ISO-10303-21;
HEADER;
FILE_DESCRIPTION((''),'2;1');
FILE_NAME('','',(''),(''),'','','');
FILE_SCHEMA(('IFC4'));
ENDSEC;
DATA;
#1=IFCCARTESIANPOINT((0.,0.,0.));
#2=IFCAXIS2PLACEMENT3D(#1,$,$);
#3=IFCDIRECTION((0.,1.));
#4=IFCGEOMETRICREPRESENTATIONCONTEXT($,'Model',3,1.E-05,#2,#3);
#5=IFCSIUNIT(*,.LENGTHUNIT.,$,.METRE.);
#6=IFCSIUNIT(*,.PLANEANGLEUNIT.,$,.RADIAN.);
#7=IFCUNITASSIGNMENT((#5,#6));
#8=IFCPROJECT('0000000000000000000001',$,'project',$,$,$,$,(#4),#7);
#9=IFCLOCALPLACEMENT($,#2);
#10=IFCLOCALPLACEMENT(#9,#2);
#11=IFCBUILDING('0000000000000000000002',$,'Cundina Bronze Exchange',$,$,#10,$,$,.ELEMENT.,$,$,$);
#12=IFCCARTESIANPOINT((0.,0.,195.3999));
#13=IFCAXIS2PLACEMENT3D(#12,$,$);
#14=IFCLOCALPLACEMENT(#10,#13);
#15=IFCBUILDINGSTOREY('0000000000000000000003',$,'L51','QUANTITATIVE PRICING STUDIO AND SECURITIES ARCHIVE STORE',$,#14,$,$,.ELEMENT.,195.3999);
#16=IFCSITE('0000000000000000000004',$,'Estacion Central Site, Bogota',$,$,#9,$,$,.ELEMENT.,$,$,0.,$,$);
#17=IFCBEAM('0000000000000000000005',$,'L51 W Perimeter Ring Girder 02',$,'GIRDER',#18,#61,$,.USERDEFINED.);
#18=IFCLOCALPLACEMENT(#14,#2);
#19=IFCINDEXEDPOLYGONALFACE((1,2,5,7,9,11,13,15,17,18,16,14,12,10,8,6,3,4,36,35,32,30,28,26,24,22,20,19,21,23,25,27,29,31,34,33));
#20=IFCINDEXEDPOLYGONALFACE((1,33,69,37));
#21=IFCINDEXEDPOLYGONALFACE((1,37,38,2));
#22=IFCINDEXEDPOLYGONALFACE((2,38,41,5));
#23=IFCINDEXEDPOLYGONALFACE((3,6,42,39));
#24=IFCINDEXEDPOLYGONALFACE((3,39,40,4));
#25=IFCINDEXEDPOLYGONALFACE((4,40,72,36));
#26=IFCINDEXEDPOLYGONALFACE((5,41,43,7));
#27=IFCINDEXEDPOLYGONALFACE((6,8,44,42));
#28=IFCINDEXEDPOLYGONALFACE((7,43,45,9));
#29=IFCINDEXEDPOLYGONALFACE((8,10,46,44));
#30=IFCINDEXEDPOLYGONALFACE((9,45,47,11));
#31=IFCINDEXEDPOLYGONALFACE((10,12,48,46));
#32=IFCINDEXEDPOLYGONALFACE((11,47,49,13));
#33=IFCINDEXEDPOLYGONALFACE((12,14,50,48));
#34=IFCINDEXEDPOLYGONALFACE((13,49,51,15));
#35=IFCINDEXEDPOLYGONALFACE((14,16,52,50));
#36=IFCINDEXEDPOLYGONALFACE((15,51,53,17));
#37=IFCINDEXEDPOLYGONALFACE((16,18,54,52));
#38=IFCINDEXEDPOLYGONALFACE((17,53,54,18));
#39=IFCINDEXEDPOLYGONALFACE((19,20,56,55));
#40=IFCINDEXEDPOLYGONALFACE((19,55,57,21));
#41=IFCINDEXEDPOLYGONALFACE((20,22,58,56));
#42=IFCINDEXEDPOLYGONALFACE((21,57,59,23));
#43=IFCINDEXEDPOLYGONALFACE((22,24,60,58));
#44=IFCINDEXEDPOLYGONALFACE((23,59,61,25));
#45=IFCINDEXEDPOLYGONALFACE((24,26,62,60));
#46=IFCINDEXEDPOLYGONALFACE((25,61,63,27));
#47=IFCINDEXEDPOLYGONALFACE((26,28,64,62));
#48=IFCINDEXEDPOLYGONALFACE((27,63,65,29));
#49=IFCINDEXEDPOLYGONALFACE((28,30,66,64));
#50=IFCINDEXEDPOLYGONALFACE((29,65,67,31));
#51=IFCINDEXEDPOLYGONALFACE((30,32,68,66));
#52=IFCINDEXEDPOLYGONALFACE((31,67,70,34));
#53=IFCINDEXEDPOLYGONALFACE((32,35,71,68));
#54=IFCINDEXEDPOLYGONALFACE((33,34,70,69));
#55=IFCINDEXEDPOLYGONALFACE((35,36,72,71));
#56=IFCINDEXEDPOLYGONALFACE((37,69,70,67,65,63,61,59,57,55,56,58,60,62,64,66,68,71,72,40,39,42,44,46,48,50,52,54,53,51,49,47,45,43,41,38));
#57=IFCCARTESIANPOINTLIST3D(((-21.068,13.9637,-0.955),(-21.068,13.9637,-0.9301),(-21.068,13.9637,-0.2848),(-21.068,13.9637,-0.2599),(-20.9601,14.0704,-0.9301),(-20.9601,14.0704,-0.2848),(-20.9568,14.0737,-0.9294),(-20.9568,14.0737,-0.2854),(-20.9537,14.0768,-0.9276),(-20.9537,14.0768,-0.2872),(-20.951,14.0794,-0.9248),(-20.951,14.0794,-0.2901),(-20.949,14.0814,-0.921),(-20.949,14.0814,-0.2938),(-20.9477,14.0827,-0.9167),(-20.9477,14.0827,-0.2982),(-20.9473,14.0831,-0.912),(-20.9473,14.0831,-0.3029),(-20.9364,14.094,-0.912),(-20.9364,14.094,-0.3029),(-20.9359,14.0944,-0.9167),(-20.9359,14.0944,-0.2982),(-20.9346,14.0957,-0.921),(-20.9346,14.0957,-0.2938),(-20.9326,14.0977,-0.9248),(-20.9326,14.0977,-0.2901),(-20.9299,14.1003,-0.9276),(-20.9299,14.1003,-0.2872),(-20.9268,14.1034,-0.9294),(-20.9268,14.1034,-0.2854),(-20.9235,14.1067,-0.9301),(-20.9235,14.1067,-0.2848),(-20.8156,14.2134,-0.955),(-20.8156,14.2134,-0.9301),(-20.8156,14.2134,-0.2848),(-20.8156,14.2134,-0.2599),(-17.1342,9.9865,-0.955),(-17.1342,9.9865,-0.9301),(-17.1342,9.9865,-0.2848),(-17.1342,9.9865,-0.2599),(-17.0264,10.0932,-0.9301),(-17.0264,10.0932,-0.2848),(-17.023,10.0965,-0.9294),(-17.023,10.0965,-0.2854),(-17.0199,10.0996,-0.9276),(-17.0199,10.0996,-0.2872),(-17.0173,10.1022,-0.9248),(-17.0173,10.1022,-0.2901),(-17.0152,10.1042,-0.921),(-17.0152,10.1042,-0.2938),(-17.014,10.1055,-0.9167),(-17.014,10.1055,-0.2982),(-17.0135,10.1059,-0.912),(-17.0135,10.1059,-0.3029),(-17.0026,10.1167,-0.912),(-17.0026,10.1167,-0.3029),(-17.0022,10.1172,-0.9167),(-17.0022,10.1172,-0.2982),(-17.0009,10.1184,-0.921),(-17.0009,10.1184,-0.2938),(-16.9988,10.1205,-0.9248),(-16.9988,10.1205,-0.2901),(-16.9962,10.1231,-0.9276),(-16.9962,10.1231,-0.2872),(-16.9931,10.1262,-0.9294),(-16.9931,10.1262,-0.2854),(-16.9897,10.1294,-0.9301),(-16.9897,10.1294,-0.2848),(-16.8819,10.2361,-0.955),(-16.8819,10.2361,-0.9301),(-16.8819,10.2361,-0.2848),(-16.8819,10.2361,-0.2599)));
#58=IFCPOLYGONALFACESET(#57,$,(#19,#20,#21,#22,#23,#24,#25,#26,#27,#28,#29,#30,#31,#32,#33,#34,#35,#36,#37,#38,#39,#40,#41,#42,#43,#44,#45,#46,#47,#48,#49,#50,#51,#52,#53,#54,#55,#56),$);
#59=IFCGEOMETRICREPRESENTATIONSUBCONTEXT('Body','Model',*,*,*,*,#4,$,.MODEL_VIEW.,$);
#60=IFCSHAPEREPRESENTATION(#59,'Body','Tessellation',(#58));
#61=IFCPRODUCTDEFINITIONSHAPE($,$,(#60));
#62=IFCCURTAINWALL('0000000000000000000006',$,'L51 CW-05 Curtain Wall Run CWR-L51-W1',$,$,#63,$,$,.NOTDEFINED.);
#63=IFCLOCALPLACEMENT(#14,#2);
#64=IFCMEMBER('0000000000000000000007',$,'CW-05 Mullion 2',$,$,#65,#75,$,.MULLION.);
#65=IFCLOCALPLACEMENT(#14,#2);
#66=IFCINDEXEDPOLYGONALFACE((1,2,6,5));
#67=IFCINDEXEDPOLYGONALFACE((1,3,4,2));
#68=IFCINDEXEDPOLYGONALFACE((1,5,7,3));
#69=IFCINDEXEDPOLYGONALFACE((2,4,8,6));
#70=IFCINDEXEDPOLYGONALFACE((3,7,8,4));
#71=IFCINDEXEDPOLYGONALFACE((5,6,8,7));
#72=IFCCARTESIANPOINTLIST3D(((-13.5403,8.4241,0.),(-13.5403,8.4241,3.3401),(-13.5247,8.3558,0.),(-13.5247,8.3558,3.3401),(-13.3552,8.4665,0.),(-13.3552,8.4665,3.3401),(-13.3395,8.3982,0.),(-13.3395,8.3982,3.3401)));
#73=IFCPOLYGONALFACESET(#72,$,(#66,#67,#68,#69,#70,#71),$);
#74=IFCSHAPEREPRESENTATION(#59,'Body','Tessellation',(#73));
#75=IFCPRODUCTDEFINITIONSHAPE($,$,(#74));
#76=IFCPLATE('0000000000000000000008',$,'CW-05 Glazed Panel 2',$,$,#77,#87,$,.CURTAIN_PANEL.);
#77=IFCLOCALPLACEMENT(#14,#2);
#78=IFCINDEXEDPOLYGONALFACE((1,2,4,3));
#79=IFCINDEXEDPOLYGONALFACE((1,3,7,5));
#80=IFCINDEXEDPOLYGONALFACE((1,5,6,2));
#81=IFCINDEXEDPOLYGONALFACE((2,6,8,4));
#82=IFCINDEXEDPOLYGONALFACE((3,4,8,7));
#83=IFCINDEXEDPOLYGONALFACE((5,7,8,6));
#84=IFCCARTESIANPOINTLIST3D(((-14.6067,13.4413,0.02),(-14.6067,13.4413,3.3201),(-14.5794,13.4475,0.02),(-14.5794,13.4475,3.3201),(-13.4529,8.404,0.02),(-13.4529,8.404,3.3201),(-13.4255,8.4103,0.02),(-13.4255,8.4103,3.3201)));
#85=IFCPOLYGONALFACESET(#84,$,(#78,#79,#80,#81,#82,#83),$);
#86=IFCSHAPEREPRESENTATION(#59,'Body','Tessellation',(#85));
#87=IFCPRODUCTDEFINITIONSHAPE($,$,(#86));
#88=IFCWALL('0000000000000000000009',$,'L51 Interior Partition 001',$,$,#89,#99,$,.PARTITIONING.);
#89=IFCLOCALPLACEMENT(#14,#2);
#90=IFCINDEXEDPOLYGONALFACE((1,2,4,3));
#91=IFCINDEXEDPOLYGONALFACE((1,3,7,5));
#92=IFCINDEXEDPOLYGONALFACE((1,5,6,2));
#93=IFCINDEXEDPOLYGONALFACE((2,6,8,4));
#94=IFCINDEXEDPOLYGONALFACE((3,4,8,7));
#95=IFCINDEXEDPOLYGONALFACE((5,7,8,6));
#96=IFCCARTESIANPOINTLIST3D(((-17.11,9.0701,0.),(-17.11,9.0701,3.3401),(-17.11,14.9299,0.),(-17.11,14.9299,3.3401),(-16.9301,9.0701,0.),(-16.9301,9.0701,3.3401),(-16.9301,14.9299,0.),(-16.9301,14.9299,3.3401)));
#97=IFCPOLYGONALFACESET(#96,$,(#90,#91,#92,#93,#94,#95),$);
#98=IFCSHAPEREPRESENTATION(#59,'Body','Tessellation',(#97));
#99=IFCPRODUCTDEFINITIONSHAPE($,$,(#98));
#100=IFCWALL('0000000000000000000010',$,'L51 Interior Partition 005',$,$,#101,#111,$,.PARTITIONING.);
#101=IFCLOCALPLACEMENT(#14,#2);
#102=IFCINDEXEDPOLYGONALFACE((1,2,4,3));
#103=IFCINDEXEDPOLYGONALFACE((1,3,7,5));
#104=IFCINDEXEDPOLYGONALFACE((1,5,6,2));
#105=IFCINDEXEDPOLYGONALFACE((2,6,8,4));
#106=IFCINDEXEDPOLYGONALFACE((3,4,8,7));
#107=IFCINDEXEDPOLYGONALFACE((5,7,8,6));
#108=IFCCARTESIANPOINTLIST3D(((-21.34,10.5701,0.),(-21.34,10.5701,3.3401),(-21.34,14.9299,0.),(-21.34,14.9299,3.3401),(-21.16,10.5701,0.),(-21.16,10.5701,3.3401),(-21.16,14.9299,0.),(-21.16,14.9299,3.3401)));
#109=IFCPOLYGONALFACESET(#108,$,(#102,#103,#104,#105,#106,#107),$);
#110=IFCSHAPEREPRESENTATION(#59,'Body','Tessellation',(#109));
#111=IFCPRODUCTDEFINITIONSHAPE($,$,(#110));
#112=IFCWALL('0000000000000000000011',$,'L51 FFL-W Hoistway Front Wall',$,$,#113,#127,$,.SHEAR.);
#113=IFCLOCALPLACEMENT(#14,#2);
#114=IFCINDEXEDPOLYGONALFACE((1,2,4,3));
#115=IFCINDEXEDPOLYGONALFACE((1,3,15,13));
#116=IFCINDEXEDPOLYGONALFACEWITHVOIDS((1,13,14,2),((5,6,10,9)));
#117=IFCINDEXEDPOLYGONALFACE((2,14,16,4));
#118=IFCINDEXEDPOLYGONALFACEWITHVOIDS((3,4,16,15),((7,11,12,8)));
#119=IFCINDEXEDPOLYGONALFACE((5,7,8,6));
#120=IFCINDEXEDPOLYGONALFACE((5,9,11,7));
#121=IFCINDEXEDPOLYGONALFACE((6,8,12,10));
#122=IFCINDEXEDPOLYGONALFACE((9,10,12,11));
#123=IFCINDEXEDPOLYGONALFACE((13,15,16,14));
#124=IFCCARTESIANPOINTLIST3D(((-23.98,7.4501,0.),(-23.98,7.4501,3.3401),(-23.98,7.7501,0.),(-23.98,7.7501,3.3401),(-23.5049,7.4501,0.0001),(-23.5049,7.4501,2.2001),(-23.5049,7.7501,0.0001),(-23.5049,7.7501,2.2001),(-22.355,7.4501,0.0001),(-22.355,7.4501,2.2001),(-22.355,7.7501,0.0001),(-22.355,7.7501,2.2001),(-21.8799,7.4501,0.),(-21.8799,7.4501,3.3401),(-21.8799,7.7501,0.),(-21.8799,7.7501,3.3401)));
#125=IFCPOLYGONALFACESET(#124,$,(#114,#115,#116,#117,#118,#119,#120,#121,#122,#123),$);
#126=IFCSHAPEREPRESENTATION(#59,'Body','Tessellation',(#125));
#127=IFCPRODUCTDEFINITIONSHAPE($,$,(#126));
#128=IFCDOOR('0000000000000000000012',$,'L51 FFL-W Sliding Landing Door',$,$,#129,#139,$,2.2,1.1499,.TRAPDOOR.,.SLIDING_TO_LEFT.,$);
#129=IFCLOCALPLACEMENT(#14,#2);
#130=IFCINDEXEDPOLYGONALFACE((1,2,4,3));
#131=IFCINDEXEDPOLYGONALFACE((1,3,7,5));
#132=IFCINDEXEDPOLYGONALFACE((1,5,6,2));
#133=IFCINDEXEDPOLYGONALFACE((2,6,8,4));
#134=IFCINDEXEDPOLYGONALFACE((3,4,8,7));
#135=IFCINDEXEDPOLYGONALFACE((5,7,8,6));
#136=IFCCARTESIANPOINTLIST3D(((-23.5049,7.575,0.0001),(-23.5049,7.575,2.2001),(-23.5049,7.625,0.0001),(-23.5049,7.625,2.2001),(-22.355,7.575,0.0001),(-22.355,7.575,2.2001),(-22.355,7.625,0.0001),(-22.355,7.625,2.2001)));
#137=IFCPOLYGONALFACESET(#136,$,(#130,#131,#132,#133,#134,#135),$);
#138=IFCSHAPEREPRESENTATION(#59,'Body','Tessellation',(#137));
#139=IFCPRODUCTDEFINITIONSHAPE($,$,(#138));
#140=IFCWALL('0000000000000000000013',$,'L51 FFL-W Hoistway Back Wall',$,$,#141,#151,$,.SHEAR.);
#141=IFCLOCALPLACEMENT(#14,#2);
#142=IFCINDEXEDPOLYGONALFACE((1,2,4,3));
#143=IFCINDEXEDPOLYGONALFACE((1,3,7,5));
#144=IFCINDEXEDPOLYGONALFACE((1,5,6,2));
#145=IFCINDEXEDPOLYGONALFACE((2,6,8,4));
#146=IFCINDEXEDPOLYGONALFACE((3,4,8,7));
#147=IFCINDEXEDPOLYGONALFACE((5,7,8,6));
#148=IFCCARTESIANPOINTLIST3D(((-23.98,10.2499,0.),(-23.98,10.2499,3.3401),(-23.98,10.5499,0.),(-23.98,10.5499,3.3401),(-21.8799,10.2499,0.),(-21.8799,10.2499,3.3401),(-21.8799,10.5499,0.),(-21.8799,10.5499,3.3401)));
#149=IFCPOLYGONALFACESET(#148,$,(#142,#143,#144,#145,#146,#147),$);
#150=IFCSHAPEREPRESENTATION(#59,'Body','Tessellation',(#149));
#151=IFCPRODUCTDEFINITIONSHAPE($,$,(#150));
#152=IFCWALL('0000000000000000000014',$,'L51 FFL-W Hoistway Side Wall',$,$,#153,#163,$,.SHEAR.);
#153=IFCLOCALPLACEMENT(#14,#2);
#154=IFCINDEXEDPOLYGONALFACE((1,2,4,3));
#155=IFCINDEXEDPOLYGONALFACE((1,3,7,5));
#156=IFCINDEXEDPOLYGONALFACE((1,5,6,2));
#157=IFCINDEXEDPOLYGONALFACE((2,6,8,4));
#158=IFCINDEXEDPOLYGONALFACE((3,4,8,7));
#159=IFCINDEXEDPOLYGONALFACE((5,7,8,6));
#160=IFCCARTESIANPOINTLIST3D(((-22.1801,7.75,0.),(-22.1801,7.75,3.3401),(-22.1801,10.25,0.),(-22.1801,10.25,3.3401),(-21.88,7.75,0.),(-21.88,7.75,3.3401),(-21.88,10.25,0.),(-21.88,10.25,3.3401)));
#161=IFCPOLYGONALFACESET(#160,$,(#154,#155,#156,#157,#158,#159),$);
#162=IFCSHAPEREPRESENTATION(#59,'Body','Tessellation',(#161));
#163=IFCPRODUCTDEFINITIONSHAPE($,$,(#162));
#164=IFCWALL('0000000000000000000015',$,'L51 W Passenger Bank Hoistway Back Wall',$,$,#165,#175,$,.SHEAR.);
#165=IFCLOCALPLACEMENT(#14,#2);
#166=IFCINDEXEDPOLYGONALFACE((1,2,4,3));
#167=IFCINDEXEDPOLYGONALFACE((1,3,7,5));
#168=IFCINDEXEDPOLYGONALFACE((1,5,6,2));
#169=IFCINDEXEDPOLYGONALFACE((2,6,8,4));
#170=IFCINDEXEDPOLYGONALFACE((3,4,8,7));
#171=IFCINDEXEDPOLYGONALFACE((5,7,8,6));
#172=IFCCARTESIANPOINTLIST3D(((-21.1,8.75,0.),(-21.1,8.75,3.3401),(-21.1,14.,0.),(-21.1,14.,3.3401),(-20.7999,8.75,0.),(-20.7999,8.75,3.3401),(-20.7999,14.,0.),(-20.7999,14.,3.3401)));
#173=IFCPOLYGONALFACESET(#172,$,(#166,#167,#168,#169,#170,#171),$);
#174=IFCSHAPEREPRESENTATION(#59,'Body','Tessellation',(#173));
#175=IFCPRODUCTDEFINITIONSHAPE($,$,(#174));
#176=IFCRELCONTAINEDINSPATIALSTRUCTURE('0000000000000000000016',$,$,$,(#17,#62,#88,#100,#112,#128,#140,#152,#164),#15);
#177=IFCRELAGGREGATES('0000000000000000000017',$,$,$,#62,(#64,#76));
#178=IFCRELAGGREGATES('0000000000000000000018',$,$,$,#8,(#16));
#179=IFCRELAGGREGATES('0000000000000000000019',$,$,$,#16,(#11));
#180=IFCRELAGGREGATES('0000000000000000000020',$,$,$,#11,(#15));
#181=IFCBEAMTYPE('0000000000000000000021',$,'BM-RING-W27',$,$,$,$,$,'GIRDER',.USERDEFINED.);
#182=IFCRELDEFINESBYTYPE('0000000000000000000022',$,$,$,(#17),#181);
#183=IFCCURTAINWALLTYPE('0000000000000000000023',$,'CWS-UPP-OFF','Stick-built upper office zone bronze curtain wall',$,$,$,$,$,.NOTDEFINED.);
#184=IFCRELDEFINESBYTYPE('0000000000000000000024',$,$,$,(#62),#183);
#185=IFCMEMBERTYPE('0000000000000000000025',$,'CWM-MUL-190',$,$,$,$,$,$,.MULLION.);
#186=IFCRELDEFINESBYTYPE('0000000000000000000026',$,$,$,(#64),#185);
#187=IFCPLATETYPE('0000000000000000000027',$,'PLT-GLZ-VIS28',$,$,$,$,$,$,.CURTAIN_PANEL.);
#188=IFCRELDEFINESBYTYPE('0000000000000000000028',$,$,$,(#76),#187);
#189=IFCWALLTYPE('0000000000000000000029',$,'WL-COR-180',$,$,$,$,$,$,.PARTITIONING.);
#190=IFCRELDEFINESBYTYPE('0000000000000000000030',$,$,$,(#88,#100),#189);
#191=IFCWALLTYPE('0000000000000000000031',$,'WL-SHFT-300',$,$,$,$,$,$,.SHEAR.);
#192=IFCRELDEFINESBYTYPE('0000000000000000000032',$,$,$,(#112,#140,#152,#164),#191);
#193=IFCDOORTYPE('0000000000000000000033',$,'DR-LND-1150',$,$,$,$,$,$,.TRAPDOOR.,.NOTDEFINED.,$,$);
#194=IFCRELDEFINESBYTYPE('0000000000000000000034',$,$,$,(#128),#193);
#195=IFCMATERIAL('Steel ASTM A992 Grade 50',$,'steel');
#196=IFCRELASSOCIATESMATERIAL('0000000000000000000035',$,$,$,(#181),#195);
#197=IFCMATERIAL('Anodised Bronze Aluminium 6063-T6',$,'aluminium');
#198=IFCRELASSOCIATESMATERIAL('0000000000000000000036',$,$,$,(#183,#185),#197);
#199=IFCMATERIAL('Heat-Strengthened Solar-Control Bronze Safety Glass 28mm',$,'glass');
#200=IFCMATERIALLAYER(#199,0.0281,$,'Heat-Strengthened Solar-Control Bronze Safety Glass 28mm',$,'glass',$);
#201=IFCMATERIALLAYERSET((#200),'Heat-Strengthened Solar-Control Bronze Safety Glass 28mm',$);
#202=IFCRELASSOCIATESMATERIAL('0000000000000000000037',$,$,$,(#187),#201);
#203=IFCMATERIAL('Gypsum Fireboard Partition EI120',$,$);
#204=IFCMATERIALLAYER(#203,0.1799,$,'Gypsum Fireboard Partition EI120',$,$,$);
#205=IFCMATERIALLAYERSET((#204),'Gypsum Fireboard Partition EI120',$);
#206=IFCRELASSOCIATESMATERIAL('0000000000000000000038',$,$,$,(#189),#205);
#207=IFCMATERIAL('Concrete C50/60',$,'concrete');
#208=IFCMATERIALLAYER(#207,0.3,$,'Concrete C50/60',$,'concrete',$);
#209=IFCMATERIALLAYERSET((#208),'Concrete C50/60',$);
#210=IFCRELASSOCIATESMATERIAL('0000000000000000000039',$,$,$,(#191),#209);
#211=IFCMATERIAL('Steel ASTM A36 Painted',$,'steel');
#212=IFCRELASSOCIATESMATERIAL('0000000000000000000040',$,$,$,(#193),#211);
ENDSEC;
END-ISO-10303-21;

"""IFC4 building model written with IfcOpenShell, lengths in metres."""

from ifc_helpers import new_model, si_unit, direction, frame, frame_2d, origin, origin_2d, place, context, subcontext, project, spatial, rectangle, i_section, extrude, material, layer, layer_set, material_profile, profile_set, type_object, element, fill, aggregate, save


model = new_model("IFC4")

# Units and contexts
model_context = context("Model", 3, precision=1e-05, world=origin(), true_north=direction((0.0, 1.0)))
body_context = subcontext(model_context, "Body", "Model", "MODEL_VIEW")
ifc_project = project(units=[si_unit("LENGTHUNIT", "METRE"), si_unit("PLANEANGLEUNIT", "RADIAN")], contexts=[model_context])

# Site, building, storey
site_placement = place(None, origin())
site = spatial("IfcSite", under=ifc_project, at=site_placement, Name="Estacion Central Site, Bogota", CompositionType="ELEMENT", RefElevation=0.0)
building_placement = place(site_placement, origin())
building = spatial("IfcBuilding", under=site, at=building_placement, Name="Cundina Bronze Exchange", CompositionType="ELEMENT")
storey_placement = place(building_placement, frame((0.0, 0.0, 195.3999)))
storey = spatial("IfcBuildingStorey", under=building, at=storey_placement, Name="L51", Description="QUANTITATIVE PRICING STUDIO AND SECURITIES ARCHIVE STORE", CompositionType="ELEMENT", Elevation=195.3999)

# Shared definitions
ifc_material_1 = material(Name="Concrete C50/60", Category="concrete")

# Beam
ifc_material_2 = material(Name="Steel ASTM A992 Grade 50", Category="steel")
ifc_material_profile_1 = material_profile(ifc_material_2, i_section(OverallWidth=0.355, OverallDepth=0.6951, WebThickness=0.0154, FlangeThickness=0.0249, FilletRadius=0.0181, at=origin_2d()), Name="W27X146", Category="steel")
ifc_profile_set_1 = profile_set([ifc_material_profile_1], Name="Steel ASTM A992 Grade 50")
beam_type_1 = type_object("IfcBeamType", Name="BM-RING-W27", ElementType="GIRDER", PredefinedType="USERDEFINED", material=ifc_profile_set_1)
beam_1_placement = place(storey_placement, frame((-17.0081, 10.1113, -0.6074), z_axis=(-0.703212, 0.71098, 0.0), x_axis=(-0.71098, -0.703212, 0.0)))
element("IfcBeam", 1, at=beam_1_placement, inside=storey, type_object=beam_type_1, Name="L51 W Perimeter Ring Girder 02", ObjectType="GIRDER", PredefinedType="USERDEFINED", context=body_context, shape_type="SweptSolid", body=[
    extrude(i_section(OverallWidth=0.355, OverallDepth=0.6951, WebThickness=0.0154, FlangeThickness=0.0249, FilletRadius=0.0181, at=origin_2d()), origin(), (0.0, 0.0, 1.0), 5.594),
])

# Curtain wall, member, plate
ifc_material_3 = material(Name="Anodised Bronze Aluminium 6063-T6", Category="aluminium")
curtain_wall_type = type_object("IfcCurtainWallType", Name="CWS-UPP-OFF", Description="Stick-built upper office zone bronze curtain wall", PredefinedType="NOTDEFINED", material=ifc_material_3)
curtain_wall_placement = place(storey_placement, origin())
curtain_wall = element("IfcCurtainWall", 2, at=curtain_wall_placement, inside=storey, type_object=curtain_wall_type, Name="L51 CW-05 Curtain Wall Run CWR-L51-W1", PredefinedType="NOTDEFINED")
ifc_material_profile_2 = material_profile(ifc_material_3, rectangle(XDim=0.0701, YDim=0.1899, at=origin_2d()), Name="AL70X190", Category="aluminium")
ifc_profile_set_2 = profile_set([ifc_material_profile_2], Name="Anodised Bronze Aluminium 6063-T6")
member_type = type_object("IfcMemberType", Name="CWM-MUL-190", PredefinedType="MULLION", material=ifc_profile_set_2)
member_placement = place(storey_placement, frame((-13.4399, 8.4111, 0.0), z_axis=(0.0, 0.0, 1.0), x_axis=(-0.22325, 0.974761, 0.0)))
member = element("IfcMember", 3, at=member_placement, type_object=member_type, Name="CW-05 Mullion 2", PredefinedType="MULLION", context=body_context, shape_type="SweptSolid", body=[
    extrude(rectangle(XDim=0.0701, YDim=0.1899, at=origin_2d()), origin(), (0.0, 0.0, 1.0), 3.3401),
])
ifc_material_4 = material(Name="Heat-Strengthened Solar-Control Bronze Safety Glass 28mm", Category="glass")
ifc_layer_1 = layer(ifc_material_4, 0.0281, Name="Heat-Strengthened Solar-Control Bronze Safety Glass 28mm", Category="glass")
ifc_layer_set_1 = layer_set([ifc_layer_1], Name="Heat-Strengthened Solar-Control Bronze Safety Glass 28mm")
plate_type = type_object("IfcPlateType", Name="PLT-GLZ-VIS28", PredefinedType="CURTAIN_PANEL", material=ifc_layer_set_1)
plate_placement = place(storey_placement, frame((-14.0161, 10.9258, 0.02), z_axis=(0.0, 0.0, 1.0), x_axis=(-0.223284, 0.974753, 0.0)))
plate = element("IfcPlate", 4, at=plate_placement, type_object=plate_type, Name="CW-05 Glazed Panel 2", PredefinedType="CURTAIN_PANEL", context=body_context, shape_type="SweptSolid", body=[
    extrude(rectangle(XDim=5.1677, YDim=0.0281, at=origin_2d()), origin(), (0.0, 0.0, 1.0), 3.3),
])
aggregate(curtain_wall, [member, plate])

# Walls
ifc_material_5 = material(Name="Gypsum Fireboard Partition EI120")
ifc_layer_2 = layer(ifc_material_5, 0.1799, Name="Gypsum Fireboard Partition EI120")
ifc_layer_set_2 = layer_set([ifc_layer_2], Name="Gypsum Fireboard Partition EI120")
wall_type_1 = type_object("IfcWallType", Name="WL-COR-180", PredefinedType="PARTITIONING", material=ifc_layer_set_2)
wall_1_placement = place(storey_placement, frame((-17.02, 9.0701, 0.0), z_axis=(0.0, 0.0, 1.0), x_axis=(0.0, 1.0, 0.0)))
element("IfcWall", 5, at=wall_1_placement, inside=storey, type_object=wall_type_1, Name="L51 Interior Partition 001", PredefinedType="PARTITIONING", context=body_context, shape_type="SweptSolid", body=[
    extrude(rectangle(XDim=5.8599, YDim=0.1799, at=frame_2d((2.9299, 0.0))), origin(), (0.0, 0.0, 1.0), 3.3401),
])
wall_2_placement = place(storey_placement, frame((-21.25, 10.5701, 0.0), z_axis=(0.0, 0.0, 1.0), x_axis=(0.0, 1.0, 0.0)))
element("IfcWall", 6, at=wall_2_placement, inside=storey, type_object=wall_type_1, Name="L51 Interior Partition 005", PredefinedType="PARTITIONING", context=body_context, shape_type="SweptSolid", body=[
    extrude(rectangle(XDim=4.3599, YDim=0.1799, at=frame_2d((2.1799, 0.0))), origin(), (0.0, 0.0, 1.0), 3.3401),
])

# Wall, opening, door
ifc_layer_3 = layer(ifc_material_1, 0.3, Name="Concrete C50/60", Category="concrete")
ifc_layer_set_3 = layer_set([ifc_layer_3], Name="Concrete C50/60")
wall_type_2 = type_object("IfcWallType", Name="WL-SHFT-300", PredefinedType="SHEAR", material=ifc_layer_set_3)
ifc_material_6 = material(Name="Steel ASTM A36 Painted", Category="steel")
wall_3_placement = place(storey_placement, frame((-23.98, 7.6001, 0.0), z_axis=(0.0, 0.0, 1.0), x_axis=(1.0, 0.0, 0.0)))
wall_3 = element("IfcWall", 7, at=wall_3_placement, inside=storey, type_object=wall_type_2, Name="L51 FFL-W Hoistway Front Wall", PredefinedType="SHEAR", context=body_context, shape_type="SweptSolid", body=[
    extrude(rectangle(XDim=2.1001, YDim=0.3, at=frame_2d((1.05, 0.0))), origin(), (0.0, 0.0, 1.0), 3.3401),
])
opening_1_placement = place(wall_3_placement, frame((0.4751, 0.0, 0.0)))
opening_1 = element("IfcOpeningElement", 8, at=opening_1_placement, cuts=wall_3, PredefinedType="OPENING", context=body_context, shape_type="SweptSolid", body=[
    extrude(rectangle(XDim=1.1499, YDim=2.2, at=frame_2d((0.575, 1.1001))), frame((0.0, 0.1599, 0.0), z_axis=(0.0, -1.0, 0.0), x_axis=(1.0, 0.0, 0.0)), (0.0, 0.0, 1.0), 0.3201),
])
door_type_1 = type_object("IfcDoorType", Name="DR-LND-1150", OperationType="NOTDEFINED", PredefinedType="TRAPDOOR", material=ifc_material_6)
door_1_placement = place(opening_1_placement, origin())
door_1 = element("IfcDoor", 9, at=door_1_placement, inside=storey, type_object=door_type_1, Name="L51 FFL-W Sliding Landing Door", OperationType="SLIDING_TO_LEFT", OverallHeight=2.2, OverallWidth=1.1499, PredefinedType="TRAPDOOR", context=body_context, shape_type="SweptSolid", body=[
    extrude(rectangle(XDim=1.1499, YDim=2.2, at=frame_2d((0.575, 1.1001))), frame((0.0, 0.0249, 0.0), z_axis=(0.0, -1.0, 0.0), x_axis=(1.0, 0.0, 0.0)), (0.0, 0.0, 1.0), 0.05),
])
fill(opening_1, door_1)

# Walls
wall_4_placement = place(storey_placement, frame((-23.98, 10.3999, 0.0), z_axis=(0.0, 0.0, 1.0), x_axis=(1.0, 0.0, 0.0)))
element("IfcWall", 10, at=wall_4_placement, inside=storey, type_object=wall_type_2, Name="L51 FFL-W Hoistway Back Wall", PredefinedType="SHEAR", context=body_context, shape_type="SweptSolid", body=[
    extrude(rectangle(XDim=2.1001, YDim=0.3, at=frame_2d((1.05, 0.0))), origin(), (0.0, 0.0, 1.0), 3.3401),
])
wall_5_placement = place(storey_placement, frame((-22.03, 7.75, 0.0), z_axis=(0.0, 0.0, 1.0), x_axis=(0.0, 1.0, 0.0)))
element("IfcWall", 11, at=wall_5_placement, inside=storey, type_object=wall_type_2, Name="L51 FFL-W Hoistway Side Wall", PredefinedType="SHEAR", context=body_context, shape_type="SweptSolid", body=[
    extrude(rectangle(XDim=2.5, YDim=0.3, at=frame_2d((1.25, 0.0))), origin(), (0.0, 0.0, 1.0), 3.3401),
])
wall_6_placement = place(storey_placement, frame((-20.95, 8.75, 0.0), z_axis=(0.0, 0.0, 1.0), x_axis=(0.0, 1.0, 0.0)))
element("IfcWall", 12, at=wall_6_placement, inside=storey, type_object=wall_type_2, Name="L51 W Passenger Bank Hoistway Back Wall", PredefinedType="SHEAR", context=body_context, shape_type="SweptSolid", body=[
    extrude(rectangle(XDim=5.25, YDim=0.3, at=frame_2d((2.625, 0.0))), origin(), (0.0, 0.0, 1.0), 3.3401),
])

save(model, "model.ifc")
